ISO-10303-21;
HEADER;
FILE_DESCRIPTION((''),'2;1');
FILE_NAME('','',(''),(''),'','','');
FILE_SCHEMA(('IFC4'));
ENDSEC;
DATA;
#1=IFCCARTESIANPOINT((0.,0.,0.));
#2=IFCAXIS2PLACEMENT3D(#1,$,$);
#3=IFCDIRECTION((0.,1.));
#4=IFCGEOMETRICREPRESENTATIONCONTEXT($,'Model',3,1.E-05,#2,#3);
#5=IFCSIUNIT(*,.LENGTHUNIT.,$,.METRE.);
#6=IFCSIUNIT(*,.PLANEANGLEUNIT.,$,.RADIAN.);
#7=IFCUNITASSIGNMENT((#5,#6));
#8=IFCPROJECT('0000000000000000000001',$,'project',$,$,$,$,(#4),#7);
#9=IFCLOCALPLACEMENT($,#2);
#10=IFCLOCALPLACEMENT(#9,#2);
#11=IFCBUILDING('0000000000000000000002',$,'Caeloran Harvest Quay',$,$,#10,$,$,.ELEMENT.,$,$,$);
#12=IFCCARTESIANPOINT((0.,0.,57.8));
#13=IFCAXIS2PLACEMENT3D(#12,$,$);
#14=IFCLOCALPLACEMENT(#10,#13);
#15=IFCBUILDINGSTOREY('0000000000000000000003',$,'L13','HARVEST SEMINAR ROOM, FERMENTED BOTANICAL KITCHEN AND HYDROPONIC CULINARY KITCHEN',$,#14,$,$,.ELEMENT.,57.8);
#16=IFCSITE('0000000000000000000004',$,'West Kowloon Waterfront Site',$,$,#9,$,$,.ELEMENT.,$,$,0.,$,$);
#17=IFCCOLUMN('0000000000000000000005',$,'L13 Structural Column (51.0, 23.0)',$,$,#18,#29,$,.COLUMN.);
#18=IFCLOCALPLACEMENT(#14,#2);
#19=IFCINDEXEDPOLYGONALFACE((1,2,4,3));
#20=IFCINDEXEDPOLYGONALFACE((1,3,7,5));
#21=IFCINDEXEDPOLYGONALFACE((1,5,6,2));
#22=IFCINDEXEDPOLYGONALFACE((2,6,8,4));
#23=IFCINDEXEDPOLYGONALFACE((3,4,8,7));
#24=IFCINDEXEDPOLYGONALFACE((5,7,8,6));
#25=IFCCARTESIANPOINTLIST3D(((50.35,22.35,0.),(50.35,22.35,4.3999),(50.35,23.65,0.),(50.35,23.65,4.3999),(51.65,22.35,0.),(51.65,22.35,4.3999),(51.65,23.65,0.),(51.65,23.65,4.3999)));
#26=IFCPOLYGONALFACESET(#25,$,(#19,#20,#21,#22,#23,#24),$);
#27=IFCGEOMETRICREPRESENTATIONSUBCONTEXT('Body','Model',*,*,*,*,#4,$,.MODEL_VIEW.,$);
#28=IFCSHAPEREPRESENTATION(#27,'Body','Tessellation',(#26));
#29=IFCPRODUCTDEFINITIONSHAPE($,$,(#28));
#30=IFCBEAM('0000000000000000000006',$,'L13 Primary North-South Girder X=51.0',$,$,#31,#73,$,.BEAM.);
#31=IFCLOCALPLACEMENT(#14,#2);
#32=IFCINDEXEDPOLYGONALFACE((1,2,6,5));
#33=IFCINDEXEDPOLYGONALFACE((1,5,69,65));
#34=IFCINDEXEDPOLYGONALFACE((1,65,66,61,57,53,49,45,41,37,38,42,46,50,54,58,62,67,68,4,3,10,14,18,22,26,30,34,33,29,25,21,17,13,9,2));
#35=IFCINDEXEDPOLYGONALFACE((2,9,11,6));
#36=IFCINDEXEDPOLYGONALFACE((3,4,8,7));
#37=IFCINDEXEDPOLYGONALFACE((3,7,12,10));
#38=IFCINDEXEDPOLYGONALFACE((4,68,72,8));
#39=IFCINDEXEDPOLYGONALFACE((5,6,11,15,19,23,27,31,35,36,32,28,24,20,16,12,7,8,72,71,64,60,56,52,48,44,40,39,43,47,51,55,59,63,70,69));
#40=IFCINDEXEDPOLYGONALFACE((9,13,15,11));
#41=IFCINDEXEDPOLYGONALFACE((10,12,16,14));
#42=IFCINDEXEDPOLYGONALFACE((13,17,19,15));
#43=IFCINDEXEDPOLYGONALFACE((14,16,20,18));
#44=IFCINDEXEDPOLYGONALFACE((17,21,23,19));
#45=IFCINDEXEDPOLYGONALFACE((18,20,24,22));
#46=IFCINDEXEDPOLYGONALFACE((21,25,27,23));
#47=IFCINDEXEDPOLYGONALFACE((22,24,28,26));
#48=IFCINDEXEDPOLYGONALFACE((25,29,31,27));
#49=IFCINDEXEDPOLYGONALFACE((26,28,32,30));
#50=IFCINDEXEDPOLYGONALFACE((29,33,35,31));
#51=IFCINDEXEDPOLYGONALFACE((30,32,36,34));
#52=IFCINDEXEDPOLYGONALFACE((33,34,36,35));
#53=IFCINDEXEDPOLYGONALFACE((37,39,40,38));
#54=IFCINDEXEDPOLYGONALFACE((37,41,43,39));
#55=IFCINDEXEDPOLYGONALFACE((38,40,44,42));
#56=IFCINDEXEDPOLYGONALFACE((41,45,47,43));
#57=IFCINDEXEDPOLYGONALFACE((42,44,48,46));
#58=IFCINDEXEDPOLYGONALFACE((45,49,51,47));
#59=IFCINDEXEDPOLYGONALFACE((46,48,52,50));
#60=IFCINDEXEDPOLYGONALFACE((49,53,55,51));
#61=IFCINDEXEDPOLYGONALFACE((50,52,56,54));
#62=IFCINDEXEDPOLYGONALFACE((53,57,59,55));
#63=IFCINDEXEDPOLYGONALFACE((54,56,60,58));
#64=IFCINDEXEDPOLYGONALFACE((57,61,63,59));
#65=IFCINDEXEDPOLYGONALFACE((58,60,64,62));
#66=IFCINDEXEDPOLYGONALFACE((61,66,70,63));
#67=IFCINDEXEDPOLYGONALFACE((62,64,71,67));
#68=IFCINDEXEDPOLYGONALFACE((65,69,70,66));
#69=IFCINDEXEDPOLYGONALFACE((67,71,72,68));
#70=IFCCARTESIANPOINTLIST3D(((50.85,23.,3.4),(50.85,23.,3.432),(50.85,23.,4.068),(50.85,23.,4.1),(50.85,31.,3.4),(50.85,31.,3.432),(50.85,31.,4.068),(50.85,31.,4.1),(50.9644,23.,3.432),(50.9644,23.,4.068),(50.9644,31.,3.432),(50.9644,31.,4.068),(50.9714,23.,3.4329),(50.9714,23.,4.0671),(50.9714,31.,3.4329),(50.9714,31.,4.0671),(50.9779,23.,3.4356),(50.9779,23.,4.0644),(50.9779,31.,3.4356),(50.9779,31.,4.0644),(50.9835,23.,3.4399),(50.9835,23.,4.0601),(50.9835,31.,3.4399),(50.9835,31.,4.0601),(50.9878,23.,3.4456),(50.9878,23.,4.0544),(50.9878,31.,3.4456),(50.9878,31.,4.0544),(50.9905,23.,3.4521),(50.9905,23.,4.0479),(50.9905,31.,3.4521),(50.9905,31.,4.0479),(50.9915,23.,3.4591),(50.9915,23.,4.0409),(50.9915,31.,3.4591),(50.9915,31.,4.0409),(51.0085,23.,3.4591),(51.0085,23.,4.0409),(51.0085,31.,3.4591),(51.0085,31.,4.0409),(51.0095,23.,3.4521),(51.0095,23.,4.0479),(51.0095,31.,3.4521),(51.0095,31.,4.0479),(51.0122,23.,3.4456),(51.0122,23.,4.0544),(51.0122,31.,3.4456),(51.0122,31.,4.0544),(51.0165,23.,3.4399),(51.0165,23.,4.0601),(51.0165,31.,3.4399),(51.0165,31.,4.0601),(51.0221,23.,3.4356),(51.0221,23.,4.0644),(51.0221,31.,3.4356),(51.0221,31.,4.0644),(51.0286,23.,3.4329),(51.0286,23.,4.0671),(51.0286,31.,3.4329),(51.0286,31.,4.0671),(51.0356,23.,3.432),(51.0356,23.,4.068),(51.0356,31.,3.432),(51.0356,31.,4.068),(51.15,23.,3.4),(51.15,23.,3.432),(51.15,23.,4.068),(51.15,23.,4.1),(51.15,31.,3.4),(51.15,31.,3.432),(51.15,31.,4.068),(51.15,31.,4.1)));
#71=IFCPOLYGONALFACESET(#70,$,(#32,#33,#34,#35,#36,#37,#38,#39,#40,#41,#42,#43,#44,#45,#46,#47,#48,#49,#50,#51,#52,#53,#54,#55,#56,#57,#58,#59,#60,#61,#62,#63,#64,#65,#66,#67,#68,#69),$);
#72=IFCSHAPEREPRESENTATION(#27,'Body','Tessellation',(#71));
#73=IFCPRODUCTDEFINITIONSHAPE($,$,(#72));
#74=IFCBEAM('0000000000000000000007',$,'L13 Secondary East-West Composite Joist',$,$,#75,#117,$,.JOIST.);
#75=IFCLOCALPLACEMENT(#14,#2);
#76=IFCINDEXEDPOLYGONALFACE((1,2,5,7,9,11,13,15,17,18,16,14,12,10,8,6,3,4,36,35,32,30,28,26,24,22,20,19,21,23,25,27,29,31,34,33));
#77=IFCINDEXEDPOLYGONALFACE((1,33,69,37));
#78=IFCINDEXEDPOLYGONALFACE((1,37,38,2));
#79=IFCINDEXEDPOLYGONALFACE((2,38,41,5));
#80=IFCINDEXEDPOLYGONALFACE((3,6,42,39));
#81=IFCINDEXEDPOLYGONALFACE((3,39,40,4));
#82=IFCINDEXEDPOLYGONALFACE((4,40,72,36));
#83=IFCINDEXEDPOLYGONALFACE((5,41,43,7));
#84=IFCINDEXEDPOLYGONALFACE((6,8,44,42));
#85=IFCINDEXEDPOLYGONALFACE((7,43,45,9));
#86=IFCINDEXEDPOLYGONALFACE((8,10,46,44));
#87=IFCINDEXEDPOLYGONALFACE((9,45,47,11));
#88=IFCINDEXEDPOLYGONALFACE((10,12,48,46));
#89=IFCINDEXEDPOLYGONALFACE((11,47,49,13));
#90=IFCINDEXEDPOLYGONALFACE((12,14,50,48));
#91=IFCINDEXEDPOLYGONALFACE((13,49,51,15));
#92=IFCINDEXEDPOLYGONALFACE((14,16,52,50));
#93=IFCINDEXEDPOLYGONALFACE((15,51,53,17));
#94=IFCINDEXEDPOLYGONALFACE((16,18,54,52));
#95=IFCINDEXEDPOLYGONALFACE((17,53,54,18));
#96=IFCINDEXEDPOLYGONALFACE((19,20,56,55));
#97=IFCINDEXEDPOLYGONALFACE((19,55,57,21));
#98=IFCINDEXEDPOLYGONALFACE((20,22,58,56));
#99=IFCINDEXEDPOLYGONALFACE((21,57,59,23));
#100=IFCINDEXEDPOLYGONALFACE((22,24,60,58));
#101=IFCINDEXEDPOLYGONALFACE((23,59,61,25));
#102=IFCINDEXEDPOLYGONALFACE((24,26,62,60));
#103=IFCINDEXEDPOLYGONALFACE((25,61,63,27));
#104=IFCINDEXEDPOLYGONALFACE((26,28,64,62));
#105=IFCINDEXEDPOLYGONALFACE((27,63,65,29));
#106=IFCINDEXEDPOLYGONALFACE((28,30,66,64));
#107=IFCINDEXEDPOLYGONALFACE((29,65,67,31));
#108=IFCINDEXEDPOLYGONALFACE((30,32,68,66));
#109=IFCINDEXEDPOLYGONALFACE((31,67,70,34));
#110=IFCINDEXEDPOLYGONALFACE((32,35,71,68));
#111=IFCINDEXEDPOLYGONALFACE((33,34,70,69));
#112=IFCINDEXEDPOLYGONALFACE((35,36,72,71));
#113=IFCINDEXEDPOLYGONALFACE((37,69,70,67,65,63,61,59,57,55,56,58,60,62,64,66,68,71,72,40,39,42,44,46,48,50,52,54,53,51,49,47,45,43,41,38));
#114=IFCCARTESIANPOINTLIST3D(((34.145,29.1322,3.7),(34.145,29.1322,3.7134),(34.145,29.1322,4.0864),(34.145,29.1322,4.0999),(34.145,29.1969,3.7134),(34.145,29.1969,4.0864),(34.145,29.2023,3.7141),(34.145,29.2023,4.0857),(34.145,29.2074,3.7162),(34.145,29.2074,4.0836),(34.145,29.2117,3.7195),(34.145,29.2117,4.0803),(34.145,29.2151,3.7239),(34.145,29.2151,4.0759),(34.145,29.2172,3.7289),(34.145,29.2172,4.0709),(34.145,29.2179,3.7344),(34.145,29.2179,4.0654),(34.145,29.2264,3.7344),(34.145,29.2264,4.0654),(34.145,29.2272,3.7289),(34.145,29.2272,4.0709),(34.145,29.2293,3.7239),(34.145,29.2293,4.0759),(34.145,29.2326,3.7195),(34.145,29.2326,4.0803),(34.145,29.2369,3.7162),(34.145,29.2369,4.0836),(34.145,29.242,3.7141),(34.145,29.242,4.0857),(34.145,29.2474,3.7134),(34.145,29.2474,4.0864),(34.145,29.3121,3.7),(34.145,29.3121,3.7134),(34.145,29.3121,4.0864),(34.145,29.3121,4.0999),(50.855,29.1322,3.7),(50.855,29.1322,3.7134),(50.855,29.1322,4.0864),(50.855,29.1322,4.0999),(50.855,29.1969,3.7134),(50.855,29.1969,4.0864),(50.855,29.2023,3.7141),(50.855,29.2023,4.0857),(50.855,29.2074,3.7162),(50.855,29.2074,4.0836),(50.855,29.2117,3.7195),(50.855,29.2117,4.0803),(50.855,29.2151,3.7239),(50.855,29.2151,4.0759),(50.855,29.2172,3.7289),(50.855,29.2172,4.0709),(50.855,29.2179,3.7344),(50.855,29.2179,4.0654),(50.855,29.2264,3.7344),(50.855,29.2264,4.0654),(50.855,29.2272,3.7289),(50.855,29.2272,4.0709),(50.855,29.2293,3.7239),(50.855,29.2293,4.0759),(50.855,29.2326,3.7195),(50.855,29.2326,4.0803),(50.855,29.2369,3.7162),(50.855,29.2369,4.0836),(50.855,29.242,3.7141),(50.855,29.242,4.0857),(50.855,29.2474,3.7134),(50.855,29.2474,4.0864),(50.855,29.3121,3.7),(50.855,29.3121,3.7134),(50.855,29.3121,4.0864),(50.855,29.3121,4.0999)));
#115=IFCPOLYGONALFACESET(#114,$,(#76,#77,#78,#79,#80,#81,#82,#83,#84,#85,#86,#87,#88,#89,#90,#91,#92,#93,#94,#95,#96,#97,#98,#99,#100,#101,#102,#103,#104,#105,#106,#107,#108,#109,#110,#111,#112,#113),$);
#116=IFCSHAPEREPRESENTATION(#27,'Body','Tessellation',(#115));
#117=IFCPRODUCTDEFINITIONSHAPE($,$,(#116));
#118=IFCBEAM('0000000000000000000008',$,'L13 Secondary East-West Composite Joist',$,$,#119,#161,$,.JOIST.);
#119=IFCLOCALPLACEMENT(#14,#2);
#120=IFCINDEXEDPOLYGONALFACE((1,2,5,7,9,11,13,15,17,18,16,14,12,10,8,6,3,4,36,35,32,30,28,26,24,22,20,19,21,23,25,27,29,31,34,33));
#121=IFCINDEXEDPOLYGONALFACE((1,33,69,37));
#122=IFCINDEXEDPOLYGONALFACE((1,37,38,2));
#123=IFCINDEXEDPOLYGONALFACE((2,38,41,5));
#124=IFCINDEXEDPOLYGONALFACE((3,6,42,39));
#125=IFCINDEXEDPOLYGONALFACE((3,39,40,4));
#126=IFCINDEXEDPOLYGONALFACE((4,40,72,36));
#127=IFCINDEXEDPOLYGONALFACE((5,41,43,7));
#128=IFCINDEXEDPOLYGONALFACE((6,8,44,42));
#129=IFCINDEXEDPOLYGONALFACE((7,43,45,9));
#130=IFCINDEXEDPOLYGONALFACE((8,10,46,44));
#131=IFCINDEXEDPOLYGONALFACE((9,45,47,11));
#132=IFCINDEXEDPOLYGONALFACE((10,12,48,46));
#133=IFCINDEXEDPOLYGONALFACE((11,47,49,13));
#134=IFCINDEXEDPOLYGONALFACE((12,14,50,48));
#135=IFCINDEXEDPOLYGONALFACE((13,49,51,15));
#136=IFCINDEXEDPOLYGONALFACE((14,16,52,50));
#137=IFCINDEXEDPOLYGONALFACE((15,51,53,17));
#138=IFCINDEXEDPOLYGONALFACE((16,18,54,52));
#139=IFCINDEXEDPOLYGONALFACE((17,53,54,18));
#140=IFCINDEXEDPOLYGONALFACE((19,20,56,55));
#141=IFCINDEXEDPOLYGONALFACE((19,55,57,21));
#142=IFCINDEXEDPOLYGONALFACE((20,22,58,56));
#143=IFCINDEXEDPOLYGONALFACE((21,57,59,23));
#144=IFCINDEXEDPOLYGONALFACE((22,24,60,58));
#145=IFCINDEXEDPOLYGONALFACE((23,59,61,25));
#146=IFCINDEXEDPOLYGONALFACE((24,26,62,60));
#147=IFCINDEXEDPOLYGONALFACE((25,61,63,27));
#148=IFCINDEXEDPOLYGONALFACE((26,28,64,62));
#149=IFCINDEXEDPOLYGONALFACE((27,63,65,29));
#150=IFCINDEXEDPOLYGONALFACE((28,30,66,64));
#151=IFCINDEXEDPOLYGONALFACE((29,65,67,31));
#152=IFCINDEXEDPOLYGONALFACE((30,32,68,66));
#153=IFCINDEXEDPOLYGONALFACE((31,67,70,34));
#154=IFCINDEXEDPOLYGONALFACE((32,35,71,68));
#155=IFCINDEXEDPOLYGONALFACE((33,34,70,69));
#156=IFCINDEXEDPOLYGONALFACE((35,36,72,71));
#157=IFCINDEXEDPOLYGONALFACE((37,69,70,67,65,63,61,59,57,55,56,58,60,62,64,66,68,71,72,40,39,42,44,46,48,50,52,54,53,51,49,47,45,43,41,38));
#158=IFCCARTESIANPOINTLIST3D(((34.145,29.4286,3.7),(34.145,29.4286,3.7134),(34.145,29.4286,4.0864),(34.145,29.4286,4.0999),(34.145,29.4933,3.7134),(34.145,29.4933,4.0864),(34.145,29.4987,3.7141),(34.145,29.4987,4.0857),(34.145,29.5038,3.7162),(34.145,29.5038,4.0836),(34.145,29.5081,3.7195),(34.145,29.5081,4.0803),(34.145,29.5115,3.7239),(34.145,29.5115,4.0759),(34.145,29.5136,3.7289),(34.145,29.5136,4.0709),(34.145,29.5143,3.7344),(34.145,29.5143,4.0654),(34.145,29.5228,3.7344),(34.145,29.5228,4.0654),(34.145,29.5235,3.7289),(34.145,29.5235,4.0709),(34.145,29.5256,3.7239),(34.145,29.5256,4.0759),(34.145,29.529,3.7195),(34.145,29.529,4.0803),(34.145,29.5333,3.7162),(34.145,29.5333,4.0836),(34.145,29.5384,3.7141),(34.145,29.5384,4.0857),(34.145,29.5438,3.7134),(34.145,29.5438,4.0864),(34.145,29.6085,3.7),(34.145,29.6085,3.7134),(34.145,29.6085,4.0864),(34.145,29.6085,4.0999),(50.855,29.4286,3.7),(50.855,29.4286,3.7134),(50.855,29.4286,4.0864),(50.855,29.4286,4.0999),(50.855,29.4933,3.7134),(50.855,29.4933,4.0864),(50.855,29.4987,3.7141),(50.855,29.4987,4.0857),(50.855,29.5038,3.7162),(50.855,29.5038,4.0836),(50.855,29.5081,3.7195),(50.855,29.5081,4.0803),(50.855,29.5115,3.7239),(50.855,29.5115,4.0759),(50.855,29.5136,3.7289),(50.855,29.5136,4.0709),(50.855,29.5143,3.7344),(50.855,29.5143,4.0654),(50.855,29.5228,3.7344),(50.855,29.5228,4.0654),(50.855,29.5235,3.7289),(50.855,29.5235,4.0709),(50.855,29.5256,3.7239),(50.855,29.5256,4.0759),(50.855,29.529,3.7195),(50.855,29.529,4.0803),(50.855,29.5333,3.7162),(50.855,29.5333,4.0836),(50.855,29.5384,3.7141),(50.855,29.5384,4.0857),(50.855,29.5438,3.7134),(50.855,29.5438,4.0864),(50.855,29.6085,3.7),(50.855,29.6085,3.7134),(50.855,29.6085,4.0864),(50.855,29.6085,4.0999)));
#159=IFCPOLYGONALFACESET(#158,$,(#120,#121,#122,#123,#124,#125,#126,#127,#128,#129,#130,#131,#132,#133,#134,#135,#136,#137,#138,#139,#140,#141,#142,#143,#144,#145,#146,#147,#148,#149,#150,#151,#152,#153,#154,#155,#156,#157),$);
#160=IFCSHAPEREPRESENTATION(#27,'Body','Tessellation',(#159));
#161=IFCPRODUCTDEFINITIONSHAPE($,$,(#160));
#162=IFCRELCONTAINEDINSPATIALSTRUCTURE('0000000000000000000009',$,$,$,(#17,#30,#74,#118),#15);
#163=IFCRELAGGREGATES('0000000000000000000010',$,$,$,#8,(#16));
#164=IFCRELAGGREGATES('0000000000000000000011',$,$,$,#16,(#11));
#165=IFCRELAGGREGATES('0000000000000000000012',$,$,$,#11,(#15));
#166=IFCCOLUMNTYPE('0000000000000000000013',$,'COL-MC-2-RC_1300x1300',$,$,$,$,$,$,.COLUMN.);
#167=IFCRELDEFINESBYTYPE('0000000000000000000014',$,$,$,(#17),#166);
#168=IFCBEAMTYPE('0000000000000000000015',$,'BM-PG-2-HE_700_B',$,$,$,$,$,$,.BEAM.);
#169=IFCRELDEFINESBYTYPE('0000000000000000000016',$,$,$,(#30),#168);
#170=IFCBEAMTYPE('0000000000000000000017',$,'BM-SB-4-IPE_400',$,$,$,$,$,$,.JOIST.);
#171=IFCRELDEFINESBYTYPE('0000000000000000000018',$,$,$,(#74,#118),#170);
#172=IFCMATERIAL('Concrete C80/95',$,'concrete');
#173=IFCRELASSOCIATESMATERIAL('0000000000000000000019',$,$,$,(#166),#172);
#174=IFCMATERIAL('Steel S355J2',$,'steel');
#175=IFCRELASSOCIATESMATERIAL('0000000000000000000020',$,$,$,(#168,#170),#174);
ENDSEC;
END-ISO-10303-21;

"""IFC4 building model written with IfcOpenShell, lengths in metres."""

from ifc_helpers import new_model, si_unit, direction, frame, origin, origin_2d, place, context, subcontext, project, spatial, rectangle, i_section, extrude, material, material_profile, profile_set, type_object, element, save


model = new_model("IFC4")

# Units and contexts
model_context = context("Model", 3, precision=1e-05, world=origin(), true_north=direction((0.0, 1.0)))
body_context = subcontext(model_context, "Body", "Model", "MODEL_VIEW")
ifc_project = project(units=[si_unit("LENGTHUNIT", "METRE"), si_unit("PLANEANGLEUNIT", "RADIAN")], contexts=[model_context])

# Site, building, storey
site_placement = place(None, origin())
site = spatial("IfcSite", under=ifc_project, at=site_placement, Name="West Kowloon Waterfront Site", CompositionType="ELEMENT", RefElevation=0.0)
building_placement = place(site_placement, origin())
building = spatial("IfcBuilding", under=site, at=building_placement, Name="Caeloran Harvest Quay", CompositionType="ELEMENT")
storey_placement = place(building_placement, frame((0.0, 0.0, 57.8)))
storey = spatial("IfcBuildingStorey", under=building, at=storey_placement, Name="L13", Description="HARVEST SEMINAR ROOM, FERMENTED BOTANICAL KITCHEN AND HYDROPONIC CULINARY KITCHEN", CompositionType="ELEMENT", Elevation=57.8)

# Column
ifc_material_1 = material(Name="Concrete C80/95", Category="concrete")
ifc_material_profile_1 = material_profile(ifc_material_1, rectangle(XDim=1.3, YDim=1.3, at=origin_2d()), Name="RC 1300x1300")
ifc_profile_set_1 = profile_set([ifc_material_profile_1], Name="Concrete C80/95")
column_type = type_object("IfcColumnType", Name="COL-MC-2-RC_1300x1300", PredefinedType="COLUMN", material=ifc_profile_set_1)
column_placement = place(storey_placement, frame((51.0, 23.0, 0.0), z_axis=(0.0, 0.0, 1.0), x_axis=(1.0, 0.0, 0.0)))
element("IfcColumn", 1, at=column_placement, inside=storey, type_object=column_type, Name="L13 Structural Column (51.0, 23.0)", PredefinedType="COLUMN", context=body_context, shape_type="SweptSolid", body=[
    extrude(rectangle(XDim=1.3, YDim=1.3, at=origin_2d()), origin(), (0.0, 0.0, 1.0), 4.3999),
])

# Beams
ifc_material_2 = material(Name="Steel S355J2", Category="steel")
ifc_material_profile_2 = material_profile(ifc_material_2, i_section(OverallWidth=0.3, OverallDepth=0.7, WebThickness=0.0171, FlangeThickness=0.032, FilletRadius=0.0271, at=origin_2d()), Name="HE 700 B")
ifc_profile_set_2 = profile_set([ifc_material_profile_2], Name="Steel S355J2")
beam_type_1 = type_object("IfcBeamType", Name="BM-PG-2-HE_700_B", PredefinedType="BEAM", material=ifc_profile_set_2)
beam_placement = place(storey_placement, frame((51.0, 23.0, 3.75), z_axis=(0.0, 1.0, 0.0), x_axis=(-1.0, 0.0, 0.0)))
element("IfcBeam", 2, at=beam_placement, inside=storey, type_object=beam_type_1, Name="L13 Primary North-South Girder X=51.0", PredefinedType="BEAM", context=body_context, shape_type="SweptSolid", body=[
    extrude(i_section(OverallWidth=0.3, OverallDepth=0.7, WebThickness=0.0171, FlangeThickness=0.032, FilletRadius=0.0271, at=origin_2d()), origin(), (0.0, 0.0, 1.0), 8.0),
])
ifc_material_profile_3 = material_profile(ifc_material_2, i_section(OverallWidth=0.1799, OverallDepth=0.3999, WebThickness=0.0085, FlangeThickness=0.0134, FilletRadius=0.021, at=origin_2d()), Name="IPE 400")
ifc_profile_set_3 = profile_set([ifc_material_profile_3], Name="Steel S355J2")
beam_type_2 = type_object("IfcBeamType", Name="BM-SB-4-IPE_400", PredefinedType="JOIST", material=ifc_profile_set_3)
for number, where, z_axis, x_axis, name in (
    (3, (34.145, 29.2222, 3.8999), (1.0, 0.0, 0.0), (0.0, 1.0, 0.0), "L13 Secondary East-West Composite Joist"),
    (4, (34.145, 29.5186, 3.8999), (1.0, 0.0, 0.0), (0.0, 1.0, 0.0), "L13 Secondary East-West Composite Joist"),
):
    element("IfcBeam", number, at=place(storey_placement, frame(where, z_axis=z_axis, x_axis=x_axis)), inside=storey, type_object=beam_type_2, Name=name, PredefinedType="JOIST", context=body_context, shape_type="SweptSolid", body=[
        extrude(i_section(OverallWidth=0.1799, OverallDepth=0.3999, WebThickness=0.0085, FlangeThickness=0.0134, FilletRadius=0.021, at=origin_2d()), origin(), (0.0, 0.0, 1.0), 16.71),
    ])

save(model, "model.ifc")
